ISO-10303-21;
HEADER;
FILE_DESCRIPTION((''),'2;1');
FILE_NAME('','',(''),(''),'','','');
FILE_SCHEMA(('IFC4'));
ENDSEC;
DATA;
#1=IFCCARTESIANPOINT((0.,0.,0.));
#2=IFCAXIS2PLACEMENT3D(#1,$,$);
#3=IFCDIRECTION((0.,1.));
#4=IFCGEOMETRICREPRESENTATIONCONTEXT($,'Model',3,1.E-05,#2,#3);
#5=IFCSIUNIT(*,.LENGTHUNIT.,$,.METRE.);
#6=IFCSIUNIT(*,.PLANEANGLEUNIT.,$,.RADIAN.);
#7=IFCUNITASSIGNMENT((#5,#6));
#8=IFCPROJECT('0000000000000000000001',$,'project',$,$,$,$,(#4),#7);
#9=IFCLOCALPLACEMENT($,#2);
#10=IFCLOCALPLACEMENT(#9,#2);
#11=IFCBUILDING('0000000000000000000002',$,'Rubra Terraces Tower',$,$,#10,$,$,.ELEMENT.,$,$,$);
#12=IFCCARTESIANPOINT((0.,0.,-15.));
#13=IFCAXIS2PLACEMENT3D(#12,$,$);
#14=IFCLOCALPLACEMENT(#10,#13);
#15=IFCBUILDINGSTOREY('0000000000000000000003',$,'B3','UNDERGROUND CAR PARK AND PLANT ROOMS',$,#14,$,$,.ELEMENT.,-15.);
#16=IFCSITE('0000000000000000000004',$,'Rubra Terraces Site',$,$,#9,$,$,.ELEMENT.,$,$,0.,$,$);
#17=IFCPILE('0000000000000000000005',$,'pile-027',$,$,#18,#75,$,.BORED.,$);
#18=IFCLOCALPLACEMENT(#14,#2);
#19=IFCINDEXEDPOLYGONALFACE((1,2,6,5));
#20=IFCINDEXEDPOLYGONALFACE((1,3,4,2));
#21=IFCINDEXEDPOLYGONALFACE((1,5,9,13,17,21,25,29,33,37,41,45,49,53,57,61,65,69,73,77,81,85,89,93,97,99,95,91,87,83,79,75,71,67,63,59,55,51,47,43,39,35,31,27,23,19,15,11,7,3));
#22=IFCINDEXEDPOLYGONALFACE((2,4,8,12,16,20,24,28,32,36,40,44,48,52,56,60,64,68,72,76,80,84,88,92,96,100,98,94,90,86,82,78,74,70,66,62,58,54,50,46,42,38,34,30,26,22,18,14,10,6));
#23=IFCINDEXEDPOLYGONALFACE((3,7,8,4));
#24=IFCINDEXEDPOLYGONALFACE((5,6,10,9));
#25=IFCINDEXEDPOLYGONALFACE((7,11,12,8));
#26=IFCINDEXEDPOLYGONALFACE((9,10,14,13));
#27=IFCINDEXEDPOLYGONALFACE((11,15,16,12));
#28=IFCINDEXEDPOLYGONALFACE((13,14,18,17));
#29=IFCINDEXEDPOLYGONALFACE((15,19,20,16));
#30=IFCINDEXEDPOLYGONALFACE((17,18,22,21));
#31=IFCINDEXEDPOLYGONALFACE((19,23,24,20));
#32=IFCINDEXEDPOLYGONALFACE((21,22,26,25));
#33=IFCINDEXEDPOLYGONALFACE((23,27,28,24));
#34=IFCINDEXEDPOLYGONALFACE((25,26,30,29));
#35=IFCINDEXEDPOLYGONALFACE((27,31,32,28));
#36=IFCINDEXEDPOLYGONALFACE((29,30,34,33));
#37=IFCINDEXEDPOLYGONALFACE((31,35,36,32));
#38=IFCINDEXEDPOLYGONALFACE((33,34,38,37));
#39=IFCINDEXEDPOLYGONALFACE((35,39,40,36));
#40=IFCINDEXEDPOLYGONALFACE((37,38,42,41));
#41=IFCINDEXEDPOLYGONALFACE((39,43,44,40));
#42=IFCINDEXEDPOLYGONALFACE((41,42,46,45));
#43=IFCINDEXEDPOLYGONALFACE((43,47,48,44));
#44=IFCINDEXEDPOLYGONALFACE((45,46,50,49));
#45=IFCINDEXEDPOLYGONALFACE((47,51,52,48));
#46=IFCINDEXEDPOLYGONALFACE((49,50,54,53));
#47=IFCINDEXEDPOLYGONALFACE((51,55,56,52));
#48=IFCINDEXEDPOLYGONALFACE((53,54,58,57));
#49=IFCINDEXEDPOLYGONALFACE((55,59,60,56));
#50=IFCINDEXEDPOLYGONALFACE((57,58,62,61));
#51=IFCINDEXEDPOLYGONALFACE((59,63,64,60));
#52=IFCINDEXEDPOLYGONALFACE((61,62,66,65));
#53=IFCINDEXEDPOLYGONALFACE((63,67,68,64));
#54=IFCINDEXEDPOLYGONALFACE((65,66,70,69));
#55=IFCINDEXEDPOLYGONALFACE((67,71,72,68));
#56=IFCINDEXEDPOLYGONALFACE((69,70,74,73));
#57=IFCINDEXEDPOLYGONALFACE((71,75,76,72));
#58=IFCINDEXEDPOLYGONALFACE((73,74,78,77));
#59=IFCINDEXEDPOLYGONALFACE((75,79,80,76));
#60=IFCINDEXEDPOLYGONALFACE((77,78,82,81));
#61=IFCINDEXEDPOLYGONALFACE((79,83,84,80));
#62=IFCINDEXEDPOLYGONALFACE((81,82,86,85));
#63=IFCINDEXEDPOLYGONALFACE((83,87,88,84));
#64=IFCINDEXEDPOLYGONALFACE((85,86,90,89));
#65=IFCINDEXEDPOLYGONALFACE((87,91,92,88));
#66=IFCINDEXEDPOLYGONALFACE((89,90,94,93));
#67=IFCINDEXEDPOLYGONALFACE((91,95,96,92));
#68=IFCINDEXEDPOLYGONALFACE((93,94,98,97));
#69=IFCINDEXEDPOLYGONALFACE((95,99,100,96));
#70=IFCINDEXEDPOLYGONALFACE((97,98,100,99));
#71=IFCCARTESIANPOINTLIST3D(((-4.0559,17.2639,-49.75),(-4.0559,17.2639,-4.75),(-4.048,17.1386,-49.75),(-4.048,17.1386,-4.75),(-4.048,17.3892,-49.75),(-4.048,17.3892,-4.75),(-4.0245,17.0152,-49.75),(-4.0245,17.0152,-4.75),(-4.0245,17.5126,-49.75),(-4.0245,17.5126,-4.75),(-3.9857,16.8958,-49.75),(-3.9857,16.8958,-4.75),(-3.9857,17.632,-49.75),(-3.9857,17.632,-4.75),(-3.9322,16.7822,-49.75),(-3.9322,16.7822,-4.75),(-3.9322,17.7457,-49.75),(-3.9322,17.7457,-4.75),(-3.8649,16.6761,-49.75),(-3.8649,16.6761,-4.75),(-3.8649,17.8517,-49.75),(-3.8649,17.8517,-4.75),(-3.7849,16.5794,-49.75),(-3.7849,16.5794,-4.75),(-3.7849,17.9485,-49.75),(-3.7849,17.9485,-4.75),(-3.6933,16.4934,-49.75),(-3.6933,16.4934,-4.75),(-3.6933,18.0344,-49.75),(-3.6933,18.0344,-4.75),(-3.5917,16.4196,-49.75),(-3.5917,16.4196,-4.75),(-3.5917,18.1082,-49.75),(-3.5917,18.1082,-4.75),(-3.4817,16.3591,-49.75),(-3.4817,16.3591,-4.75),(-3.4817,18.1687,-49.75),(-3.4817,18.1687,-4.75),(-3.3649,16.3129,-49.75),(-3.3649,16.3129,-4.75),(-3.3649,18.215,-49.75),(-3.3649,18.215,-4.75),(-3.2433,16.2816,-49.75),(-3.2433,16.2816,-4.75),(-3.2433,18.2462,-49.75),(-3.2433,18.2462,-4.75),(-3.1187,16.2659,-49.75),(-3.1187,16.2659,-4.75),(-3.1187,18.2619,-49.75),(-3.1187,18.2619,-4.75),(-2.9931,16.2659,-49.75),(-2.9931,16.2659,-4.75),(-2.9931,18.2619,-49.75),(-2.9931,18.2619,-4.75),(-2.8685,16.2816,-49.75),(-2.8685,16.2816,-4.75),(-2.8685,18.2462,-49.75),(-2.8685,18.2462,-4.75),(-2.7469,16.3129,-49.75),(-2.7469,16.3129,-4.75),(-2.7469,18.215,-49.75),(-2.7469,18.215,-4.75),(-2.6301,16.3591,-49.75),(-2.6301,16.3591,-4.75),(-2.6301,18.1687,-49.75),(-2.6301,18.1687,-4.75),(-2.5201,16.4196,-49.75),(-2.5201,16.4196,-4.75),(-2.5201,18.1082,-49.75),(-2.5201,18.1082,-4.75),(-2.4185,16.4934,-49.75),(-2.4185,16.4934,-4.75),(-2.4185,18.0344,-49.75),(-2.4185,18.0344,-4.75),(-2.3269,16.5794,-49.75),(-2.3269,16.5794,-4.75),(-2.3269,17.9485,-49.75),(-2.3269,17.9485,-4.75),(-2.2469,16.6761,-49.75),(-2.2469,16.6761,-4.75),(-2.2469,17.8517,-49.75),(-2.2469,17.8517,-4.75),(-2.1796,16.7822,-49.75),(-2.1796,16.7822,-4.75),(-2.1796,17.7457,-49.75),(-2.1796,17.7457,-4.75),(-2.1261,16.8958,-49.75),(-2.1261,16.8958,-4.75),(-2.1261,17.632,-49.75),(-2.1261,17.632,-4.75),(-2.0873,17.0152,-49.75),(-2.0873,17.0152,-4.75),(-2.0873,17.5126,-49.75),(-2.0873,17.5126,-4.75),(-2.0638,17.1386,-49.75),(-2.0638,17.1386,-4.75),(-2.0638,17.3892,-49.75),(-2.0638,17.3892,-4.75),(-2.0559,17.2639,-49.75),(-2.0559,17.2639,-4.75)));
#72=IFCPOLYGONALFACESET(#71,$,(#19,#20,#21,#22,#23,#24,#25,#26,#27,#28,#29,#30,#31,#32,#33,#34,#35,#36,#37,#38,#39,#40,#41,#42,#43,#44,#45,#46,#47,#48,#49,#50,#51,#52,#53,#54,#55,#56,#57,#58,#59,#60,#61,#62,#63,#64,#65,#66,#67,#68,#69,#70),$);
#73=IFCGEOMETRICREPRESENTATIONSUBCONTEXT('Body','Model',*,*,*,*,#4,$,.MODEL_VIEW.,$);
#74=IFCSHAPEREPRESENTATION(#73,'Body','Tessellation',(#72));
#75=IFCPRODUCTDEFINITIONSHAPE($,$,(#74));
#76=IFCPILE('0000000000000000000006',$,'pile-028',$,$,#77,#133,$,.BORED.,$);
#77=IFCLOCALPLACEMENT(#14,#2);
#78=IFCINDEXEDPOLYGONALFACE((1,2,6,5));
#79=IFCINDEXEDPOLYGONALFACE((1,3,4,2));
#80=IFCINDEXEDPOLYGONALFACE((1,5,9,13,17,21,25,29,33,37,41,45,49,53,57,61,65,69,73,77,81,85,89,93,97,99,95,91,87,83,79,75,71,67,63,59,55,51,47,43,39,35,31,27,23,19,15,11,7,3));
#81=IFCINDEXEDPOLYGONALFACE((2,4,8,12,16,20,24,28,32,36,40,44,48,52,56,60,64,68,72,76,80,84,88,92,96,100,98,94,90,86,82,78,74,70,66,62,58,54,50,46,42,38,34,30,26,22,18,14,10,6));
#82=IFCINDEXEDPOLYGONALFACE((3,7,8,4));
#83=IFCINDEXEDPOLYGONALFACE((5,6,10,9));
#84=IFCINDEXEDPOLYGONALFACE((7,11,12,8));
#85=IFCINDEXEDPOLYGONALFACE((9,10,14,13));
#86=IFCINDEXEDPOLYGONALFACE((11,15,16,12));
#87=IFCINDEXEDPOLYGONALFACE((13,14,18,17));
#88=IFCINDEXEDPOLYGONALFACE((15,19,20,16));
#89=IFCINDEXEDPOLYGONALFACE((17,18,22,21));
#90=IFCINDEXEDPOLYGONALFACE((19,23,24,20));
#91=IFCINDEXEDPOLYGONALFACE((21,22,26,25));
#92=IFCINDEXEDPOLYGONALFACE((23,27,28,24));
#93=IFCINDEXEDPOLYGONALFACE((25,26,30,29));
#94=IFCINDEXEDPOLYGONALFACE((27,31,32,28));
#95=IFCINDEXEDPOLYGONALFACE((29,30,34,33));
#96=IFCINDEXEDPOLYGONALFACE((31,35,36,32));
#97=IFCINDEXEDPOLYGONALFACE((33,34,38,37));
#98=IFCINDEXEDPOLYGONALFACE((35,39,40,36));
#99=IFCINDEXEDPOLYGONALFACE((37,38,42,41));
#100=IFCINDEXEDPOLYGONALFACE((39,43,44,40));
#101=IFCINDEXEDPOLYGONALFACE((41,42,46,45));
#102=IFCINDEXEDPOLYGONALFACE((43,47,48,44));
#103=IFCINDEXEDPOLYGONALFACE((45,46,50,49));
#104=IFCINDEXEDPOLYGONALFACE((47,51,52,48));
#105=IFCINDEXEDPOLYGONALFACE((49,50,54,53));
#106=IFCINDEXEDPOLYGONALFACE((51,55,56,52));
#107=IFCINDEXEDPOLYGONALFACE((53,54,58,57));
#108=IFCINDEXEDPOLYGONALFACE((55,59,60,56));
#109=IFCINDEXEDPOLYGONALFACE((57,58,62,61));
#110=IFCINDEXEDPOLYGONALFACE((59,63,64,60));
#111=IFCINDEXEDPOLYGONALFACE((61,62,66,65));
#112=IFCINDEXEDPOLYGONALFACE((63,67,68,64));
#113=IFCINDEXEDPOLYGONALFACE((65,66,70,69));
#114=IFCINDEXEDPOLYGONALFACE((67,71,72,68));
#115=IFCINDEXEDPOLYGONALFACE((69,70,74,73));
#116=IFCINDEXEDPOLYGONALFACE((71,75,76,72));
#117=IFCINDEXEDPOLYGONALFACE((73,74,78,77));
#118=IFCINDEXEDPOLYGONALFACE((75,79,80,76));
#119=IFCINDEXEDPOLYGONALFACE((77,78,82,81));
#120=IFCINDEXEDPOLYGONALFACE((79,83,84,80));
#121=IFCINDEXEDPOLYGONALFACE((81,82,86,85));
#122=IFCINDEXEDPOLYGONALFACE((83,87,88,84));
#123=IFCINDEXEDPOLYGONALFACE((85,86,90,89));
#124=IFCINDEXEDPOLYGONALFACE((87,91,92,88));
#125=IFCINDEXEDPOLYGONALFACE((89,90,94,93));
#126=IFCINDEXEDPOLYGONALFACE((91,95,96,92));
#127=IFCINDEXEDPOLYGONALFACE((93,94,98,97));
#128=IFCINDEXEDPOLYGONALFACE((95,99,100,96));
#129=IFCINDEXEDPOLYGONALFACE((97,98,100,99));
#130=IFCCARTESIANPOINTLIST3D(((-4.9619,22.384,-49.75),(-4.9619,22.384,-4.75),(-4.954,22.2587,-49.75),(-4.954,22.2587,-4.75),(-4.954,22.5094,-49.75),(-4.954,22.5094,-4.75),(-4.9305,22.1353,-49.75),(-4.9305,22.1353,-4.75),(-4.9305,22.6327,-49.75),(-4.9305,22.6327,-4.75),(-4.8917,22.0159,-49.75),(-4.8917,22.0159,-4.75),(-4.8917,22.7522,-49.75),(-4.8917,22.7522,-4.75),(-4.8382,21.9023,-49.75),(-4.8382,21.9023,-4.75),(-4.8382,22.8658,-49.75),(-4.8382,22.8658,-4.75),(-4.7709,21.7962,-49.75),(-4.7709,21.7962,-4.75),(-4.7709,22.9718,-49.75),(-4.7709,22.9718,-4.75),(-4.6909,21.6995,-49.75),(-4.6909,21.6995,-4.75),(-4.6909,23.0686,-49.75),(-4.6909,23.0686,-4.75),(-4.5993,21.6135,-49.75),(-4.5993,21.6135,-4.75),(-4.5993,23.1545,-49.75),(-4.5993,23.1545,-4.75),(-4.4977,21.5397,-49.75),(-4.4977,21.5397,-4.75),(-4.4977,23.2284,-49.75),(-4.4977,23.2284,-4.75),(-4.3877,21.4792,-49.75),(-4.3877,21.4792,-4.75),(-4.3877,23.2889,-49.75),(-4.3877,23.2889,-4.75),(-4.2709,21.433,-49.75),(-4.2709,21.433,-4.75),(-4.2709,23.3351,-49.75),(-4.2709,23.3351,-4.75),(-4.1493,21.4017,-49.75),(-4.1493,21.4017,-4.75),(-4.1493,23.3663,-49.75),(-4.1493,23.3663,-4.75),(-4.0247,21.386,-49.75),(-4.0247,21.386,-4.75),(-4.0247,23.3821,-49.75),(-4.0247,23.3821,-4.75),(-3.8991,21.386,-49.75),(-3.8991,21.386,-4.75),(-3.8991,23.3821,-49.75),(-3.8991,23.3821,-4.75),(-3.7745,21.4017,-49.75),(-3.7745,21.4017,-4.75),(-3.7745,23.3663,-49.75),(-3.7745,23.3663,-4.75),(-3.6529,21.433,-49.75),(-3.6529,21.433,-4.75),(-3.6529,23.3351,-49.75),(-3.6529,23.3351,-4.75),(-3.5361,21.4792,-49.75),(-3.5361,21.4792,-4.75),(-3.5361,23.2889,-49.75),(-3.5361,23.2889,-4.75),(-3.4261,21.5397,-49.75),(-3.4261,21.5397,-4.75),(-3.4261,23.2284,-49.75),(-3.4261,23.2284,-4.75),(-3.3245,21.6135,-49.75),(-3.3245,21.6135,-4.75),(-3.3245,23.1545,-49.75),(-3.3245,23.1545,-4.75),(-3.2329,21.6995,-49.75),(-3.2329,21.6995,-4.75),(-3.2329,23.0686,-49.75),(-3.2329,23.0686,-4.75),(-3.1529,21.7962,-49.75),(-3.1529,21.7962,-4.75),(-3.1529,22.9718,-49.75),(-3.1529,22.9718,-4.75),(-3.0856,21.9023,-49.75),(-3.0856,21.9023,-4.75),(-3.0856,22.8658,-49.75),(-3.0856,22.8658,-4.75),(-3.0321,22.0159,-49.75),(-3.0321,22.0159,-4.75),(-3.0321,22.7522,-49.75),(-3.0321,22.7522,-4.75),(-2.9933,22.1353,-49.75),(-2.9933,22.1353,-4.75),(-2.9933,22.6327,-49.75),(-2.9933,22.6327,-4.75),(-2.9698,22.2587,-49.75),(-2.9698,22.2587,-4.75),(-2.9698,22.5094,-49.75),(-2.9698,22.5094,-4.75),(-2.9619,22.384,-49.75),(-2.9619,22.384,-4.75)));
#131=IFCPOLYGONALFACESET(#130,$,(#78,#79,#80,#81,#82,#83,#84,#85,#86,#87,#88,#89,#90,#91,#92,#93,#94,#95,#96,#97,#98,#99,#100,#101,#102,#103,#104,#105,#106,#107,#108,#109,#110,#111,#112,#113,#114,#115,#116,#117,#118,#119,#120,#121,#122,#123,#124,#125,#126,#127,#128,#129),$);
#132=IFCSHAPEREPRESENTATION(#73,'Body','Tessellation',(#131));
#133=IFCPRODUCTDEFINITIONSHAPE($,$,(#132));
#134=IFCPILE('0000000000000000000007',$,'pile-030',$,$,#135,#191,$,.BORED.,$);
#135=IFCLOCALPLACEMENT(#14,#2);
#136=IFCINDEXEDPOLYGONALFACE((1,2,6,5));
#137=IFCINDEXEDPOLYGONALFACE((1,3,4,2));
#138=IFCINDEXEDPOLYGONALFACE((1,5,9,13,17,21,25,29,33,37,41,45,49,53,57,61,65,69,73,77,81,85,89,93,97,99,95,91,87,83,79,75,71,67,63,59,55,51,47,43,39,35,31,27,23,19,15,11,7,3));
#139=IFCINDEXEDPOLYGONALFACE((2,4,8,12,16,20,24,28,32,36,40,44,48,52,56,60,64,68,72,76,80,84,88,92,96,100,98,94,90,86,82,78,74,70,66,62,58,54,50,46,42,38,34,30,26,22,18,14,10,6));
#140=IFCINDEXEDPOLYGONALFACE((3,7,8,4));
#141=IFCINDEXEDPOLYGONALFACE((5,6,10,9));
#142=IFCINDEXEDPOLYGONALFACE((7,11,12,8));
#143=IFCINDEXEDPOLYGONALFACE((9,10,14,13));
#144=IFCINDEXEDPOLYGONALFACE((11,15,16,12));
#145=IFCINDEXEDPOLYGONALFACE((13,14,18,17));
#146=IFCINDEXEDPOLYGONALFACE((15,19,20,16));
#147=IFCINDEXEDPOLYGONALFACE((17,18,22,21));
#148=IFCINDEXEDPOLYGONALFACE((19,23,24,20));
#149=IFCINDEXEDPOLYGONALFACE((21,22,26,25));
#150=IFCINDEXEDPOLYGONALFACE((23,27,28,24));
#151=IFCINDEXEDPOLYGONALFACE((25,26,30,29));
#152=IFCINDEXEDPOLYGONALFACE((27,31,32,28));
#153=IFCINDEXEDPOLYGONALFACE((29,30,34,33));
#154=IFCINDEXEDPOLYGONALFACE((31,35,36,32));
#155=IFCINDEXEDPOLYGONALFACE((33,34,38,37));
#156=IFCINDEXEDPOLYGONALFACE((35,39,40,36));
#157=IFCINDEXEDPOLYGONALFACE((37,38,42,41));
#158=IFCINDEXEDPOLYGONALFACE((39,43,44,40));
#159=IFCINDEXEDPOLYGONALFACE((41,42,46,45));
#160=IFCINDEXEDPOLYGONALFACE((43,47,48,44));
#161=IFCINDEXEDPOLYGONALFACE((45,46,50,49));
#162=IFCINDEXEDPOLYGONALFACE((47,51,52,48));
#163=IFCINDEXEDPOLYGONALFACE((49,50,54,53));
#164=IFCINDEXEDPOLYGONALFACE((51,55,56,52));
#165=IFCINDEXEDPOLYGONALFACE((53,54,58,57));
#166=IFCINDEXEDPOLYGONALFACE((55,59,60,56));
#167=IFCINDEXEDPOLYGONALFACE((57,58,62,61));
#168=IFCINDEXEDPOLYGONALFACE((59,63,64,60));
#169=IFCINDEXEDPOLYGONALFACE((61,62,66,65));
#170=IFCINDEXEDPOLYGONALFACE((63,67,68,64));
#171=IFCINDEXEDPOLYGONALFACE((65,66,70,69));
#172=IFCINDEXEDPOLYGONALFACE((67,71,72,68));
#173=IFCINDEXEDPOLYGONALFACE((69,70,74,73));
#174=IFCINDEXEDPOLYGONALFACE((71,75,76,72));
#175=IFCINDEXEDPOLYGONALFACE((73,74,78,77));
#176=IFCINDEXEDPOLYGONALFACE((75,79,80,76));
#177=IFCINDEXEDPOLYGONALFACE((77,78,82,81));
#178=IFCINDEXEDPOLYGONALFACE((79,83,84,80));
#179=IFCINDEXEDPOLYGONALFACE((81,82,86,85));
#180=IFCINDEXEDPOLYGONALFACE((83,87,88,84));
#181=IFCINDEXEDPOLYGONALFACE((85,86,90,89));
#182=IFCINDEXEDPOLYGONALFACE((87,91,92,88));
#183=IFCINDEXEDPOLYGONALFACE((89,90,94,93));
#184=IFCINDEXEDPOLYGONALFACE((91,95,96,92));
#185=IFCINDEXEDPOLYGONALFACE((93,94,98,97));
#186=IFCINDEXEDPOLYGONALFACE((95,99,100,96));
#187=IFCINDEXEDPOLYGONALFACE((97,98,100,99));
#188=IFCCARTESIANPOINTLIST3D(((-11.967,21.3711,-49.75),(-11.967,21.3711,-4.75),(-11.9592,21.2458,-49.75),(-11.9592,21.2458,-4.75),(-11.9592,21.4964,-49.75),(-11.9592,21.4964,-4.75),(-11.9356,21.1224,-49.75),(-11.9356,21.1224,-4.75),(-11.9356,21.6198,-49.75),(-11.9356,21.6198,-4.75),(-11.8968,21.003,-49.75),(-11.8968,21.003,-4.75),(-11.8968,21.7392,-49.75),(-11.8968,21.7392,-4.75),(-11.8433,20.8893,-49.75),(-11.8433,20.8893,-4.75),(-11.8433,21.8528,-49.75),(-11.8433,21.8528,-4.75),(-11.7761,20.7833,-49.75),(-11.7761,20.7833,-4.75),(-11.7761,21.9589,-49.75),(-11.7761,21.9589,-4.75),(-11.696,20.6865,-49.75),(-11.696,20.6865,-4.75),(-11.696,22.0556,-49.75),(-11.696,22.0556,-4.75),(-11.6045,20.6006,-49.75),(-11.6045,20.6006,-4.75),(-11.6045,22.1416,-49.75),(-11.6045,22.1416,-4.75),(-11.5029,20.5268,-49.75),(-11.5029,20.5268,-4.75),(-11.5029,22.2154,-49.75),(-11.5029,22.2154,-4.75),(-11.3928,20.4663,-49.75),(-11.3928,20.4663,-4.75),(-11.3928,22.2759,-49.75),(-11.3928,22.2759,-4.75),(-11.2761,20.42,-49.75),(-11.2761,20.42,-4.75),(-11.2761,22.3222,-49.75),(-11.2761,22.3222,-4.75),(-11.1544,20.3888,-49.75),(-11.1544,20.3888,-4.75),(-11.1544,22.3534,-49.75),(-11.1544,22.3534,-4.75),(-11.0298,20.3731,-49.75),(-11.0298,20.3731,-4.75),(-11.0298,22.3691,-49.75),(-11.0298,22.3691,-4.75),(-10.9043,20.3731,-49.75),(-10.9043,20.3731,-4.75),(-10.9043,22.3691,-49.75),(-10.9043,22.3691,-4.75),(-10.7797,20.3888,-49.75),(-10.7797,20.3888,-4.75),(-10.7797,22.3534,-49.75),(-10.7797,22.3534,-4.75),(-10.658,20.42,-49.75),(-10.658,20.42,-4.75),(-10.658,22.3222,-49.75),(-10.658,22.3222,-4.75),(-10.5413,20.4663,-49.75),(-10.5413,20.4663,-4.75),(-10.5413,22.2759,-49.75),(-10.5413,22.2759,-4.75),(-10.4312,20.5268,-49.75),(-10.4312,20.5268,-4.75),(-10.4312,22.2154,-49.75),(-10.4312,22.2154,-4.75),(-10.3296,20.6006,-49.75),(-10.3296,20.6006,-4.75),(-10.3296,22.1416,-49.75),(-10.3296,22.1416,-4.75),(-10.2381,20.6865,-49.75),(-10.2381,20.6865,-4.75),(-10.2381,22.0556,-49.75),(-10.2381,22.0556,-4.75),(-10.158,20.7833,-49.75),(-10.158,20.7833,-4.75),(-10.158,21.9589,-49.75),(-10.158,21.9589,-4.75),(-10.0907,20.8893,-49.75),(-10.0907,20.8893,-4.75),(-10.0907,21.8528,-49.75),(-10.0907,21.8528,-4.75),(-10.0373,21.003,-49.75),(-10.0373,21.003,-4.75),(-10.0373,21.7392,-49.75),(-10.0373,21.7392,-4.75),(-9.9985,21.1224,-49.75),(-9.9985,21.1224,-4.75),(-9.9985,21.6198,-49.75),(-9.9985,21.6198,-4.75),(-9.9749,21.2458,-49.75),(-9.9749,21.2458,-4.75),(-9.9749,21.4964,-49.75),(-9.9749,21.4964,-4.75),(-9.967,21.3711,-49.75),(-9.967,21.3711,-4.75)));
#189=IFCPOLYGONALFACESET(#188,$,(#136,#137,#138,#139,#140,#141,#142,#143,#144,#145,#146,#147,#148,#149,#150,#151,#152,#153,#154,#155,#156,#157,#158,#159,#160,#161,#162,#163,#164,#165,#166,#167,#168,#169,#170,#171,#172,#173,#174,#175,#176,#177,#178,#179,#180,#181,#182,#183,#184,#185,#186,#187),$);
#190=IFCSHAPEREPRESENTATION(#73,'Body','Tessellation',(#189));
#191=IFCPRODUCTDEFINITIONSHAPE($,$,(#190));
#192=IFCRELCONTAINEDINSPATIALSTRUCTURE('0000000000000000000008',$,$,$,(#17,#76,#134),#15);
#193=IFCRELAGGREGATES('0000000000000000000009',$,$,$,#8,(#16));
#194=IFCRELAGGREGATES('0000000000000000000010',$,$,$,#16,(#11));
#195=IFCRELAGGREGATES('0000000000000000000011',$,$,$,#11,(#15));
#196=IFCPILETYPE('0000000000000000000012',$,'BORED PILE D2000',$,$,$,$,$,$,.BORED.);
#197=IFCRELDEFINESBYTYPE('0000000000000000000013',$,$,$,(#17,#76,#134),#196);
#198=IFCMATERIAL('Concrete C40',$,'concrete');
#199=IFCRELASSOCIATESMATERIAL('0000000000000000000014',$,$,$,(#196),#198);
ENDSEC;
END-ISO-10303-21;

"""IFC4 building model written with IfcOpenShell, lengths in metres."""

from ifc_helpers import new_model, si_unit, direction, frame, origin, origin_2d, place, context, subcontext, project, spatial, circle, extrude, material, material_profile, profile_set, type_object, element, save


model = new_model("IFC4")

# Units and contexts
model_context = context("Model", 3, precision=1e-05, world=origin(), true_north=direction((0.0, 1.0)))
body_context = subcontext(model_context, "Body", "Model", "MODEL_VIEW")
ifc_project = project(units=[si_unit("LENGTHUNIT", "METRE"), si_unit("PLANEANGLEUNIT", "RADIAN")], contexts=[model_context])

# Site, building, storey
site_placement = place(None, origin())
site = spatial("IfcSite", under=ifc_project, at=site_placement, Name="Rubra Terraces Site", CompositionType="ELEMENT", RefElevation=0.0)
building_placement = place(site_placement, origin())
building = spatial("IfcBuilding", under=site, at=building_placement, Name="Rubra Terraces Tower", CompositionType="ELEMENT")
storey_placement = place(building_placement, frame((0.0, 0.0, -15.0)))
storey = spatial("IfcBuildingStorey", under=building, at=storey_placement, Name="B3", Description="UNDERGROUND CAR PARK AND PLANT ROOMS", CompositionType="ELEMENT", Elevation=-15.0)

# Piles
ifc_material_1 = material(Name="Concrete C40", Category="concrete")
ifc_material_profile_1 = material_profile(ifc_material_1, circle(Radius=1.0, at=origin_2d()), Name="BORED PILE D2000")
ifc_profile_set_1 = profile_set([ifc_material_profile_1], Name="Concrete C40")
pile_type = type_object("IfcPileType", Name="BORED PILE D2000", PredefinedType="BORED", material=ifc_profile_set_1)
for number, where, z_axis, x_axis, name in (
    (1, (-3.0559, 17.2639, -4.75), (0.0, 0.0, -1.0), (1.0, 0.0, 0.0), "pile-027"),
    (2, (-3.9619, 22.384, -4.75), (0.0, 0.0, -1.0), (1.0, 0.0, 0.0), "pile-028"),
    (3, (-10.967, 21.3711, -4.75), (0.0, 0.0, -1.0), (1.0, 0.0, 0.0), "pile-030"),
):
    element("IfcPile", number, at=place(storey_placement, frame(where, z_axis=z_axis, x_axis=x_axis)), inside=storey, type_object=pile_type, Name=name, PredefinedType="BORED", context=body_context, shape_type="SweptSolid", body=[
        extrude(circle(Radius=1.0, at=origin_2d()), origin(), (0.0, 0.0, 1.0), 45.0),
    ])

save(model, "model.ifc")
